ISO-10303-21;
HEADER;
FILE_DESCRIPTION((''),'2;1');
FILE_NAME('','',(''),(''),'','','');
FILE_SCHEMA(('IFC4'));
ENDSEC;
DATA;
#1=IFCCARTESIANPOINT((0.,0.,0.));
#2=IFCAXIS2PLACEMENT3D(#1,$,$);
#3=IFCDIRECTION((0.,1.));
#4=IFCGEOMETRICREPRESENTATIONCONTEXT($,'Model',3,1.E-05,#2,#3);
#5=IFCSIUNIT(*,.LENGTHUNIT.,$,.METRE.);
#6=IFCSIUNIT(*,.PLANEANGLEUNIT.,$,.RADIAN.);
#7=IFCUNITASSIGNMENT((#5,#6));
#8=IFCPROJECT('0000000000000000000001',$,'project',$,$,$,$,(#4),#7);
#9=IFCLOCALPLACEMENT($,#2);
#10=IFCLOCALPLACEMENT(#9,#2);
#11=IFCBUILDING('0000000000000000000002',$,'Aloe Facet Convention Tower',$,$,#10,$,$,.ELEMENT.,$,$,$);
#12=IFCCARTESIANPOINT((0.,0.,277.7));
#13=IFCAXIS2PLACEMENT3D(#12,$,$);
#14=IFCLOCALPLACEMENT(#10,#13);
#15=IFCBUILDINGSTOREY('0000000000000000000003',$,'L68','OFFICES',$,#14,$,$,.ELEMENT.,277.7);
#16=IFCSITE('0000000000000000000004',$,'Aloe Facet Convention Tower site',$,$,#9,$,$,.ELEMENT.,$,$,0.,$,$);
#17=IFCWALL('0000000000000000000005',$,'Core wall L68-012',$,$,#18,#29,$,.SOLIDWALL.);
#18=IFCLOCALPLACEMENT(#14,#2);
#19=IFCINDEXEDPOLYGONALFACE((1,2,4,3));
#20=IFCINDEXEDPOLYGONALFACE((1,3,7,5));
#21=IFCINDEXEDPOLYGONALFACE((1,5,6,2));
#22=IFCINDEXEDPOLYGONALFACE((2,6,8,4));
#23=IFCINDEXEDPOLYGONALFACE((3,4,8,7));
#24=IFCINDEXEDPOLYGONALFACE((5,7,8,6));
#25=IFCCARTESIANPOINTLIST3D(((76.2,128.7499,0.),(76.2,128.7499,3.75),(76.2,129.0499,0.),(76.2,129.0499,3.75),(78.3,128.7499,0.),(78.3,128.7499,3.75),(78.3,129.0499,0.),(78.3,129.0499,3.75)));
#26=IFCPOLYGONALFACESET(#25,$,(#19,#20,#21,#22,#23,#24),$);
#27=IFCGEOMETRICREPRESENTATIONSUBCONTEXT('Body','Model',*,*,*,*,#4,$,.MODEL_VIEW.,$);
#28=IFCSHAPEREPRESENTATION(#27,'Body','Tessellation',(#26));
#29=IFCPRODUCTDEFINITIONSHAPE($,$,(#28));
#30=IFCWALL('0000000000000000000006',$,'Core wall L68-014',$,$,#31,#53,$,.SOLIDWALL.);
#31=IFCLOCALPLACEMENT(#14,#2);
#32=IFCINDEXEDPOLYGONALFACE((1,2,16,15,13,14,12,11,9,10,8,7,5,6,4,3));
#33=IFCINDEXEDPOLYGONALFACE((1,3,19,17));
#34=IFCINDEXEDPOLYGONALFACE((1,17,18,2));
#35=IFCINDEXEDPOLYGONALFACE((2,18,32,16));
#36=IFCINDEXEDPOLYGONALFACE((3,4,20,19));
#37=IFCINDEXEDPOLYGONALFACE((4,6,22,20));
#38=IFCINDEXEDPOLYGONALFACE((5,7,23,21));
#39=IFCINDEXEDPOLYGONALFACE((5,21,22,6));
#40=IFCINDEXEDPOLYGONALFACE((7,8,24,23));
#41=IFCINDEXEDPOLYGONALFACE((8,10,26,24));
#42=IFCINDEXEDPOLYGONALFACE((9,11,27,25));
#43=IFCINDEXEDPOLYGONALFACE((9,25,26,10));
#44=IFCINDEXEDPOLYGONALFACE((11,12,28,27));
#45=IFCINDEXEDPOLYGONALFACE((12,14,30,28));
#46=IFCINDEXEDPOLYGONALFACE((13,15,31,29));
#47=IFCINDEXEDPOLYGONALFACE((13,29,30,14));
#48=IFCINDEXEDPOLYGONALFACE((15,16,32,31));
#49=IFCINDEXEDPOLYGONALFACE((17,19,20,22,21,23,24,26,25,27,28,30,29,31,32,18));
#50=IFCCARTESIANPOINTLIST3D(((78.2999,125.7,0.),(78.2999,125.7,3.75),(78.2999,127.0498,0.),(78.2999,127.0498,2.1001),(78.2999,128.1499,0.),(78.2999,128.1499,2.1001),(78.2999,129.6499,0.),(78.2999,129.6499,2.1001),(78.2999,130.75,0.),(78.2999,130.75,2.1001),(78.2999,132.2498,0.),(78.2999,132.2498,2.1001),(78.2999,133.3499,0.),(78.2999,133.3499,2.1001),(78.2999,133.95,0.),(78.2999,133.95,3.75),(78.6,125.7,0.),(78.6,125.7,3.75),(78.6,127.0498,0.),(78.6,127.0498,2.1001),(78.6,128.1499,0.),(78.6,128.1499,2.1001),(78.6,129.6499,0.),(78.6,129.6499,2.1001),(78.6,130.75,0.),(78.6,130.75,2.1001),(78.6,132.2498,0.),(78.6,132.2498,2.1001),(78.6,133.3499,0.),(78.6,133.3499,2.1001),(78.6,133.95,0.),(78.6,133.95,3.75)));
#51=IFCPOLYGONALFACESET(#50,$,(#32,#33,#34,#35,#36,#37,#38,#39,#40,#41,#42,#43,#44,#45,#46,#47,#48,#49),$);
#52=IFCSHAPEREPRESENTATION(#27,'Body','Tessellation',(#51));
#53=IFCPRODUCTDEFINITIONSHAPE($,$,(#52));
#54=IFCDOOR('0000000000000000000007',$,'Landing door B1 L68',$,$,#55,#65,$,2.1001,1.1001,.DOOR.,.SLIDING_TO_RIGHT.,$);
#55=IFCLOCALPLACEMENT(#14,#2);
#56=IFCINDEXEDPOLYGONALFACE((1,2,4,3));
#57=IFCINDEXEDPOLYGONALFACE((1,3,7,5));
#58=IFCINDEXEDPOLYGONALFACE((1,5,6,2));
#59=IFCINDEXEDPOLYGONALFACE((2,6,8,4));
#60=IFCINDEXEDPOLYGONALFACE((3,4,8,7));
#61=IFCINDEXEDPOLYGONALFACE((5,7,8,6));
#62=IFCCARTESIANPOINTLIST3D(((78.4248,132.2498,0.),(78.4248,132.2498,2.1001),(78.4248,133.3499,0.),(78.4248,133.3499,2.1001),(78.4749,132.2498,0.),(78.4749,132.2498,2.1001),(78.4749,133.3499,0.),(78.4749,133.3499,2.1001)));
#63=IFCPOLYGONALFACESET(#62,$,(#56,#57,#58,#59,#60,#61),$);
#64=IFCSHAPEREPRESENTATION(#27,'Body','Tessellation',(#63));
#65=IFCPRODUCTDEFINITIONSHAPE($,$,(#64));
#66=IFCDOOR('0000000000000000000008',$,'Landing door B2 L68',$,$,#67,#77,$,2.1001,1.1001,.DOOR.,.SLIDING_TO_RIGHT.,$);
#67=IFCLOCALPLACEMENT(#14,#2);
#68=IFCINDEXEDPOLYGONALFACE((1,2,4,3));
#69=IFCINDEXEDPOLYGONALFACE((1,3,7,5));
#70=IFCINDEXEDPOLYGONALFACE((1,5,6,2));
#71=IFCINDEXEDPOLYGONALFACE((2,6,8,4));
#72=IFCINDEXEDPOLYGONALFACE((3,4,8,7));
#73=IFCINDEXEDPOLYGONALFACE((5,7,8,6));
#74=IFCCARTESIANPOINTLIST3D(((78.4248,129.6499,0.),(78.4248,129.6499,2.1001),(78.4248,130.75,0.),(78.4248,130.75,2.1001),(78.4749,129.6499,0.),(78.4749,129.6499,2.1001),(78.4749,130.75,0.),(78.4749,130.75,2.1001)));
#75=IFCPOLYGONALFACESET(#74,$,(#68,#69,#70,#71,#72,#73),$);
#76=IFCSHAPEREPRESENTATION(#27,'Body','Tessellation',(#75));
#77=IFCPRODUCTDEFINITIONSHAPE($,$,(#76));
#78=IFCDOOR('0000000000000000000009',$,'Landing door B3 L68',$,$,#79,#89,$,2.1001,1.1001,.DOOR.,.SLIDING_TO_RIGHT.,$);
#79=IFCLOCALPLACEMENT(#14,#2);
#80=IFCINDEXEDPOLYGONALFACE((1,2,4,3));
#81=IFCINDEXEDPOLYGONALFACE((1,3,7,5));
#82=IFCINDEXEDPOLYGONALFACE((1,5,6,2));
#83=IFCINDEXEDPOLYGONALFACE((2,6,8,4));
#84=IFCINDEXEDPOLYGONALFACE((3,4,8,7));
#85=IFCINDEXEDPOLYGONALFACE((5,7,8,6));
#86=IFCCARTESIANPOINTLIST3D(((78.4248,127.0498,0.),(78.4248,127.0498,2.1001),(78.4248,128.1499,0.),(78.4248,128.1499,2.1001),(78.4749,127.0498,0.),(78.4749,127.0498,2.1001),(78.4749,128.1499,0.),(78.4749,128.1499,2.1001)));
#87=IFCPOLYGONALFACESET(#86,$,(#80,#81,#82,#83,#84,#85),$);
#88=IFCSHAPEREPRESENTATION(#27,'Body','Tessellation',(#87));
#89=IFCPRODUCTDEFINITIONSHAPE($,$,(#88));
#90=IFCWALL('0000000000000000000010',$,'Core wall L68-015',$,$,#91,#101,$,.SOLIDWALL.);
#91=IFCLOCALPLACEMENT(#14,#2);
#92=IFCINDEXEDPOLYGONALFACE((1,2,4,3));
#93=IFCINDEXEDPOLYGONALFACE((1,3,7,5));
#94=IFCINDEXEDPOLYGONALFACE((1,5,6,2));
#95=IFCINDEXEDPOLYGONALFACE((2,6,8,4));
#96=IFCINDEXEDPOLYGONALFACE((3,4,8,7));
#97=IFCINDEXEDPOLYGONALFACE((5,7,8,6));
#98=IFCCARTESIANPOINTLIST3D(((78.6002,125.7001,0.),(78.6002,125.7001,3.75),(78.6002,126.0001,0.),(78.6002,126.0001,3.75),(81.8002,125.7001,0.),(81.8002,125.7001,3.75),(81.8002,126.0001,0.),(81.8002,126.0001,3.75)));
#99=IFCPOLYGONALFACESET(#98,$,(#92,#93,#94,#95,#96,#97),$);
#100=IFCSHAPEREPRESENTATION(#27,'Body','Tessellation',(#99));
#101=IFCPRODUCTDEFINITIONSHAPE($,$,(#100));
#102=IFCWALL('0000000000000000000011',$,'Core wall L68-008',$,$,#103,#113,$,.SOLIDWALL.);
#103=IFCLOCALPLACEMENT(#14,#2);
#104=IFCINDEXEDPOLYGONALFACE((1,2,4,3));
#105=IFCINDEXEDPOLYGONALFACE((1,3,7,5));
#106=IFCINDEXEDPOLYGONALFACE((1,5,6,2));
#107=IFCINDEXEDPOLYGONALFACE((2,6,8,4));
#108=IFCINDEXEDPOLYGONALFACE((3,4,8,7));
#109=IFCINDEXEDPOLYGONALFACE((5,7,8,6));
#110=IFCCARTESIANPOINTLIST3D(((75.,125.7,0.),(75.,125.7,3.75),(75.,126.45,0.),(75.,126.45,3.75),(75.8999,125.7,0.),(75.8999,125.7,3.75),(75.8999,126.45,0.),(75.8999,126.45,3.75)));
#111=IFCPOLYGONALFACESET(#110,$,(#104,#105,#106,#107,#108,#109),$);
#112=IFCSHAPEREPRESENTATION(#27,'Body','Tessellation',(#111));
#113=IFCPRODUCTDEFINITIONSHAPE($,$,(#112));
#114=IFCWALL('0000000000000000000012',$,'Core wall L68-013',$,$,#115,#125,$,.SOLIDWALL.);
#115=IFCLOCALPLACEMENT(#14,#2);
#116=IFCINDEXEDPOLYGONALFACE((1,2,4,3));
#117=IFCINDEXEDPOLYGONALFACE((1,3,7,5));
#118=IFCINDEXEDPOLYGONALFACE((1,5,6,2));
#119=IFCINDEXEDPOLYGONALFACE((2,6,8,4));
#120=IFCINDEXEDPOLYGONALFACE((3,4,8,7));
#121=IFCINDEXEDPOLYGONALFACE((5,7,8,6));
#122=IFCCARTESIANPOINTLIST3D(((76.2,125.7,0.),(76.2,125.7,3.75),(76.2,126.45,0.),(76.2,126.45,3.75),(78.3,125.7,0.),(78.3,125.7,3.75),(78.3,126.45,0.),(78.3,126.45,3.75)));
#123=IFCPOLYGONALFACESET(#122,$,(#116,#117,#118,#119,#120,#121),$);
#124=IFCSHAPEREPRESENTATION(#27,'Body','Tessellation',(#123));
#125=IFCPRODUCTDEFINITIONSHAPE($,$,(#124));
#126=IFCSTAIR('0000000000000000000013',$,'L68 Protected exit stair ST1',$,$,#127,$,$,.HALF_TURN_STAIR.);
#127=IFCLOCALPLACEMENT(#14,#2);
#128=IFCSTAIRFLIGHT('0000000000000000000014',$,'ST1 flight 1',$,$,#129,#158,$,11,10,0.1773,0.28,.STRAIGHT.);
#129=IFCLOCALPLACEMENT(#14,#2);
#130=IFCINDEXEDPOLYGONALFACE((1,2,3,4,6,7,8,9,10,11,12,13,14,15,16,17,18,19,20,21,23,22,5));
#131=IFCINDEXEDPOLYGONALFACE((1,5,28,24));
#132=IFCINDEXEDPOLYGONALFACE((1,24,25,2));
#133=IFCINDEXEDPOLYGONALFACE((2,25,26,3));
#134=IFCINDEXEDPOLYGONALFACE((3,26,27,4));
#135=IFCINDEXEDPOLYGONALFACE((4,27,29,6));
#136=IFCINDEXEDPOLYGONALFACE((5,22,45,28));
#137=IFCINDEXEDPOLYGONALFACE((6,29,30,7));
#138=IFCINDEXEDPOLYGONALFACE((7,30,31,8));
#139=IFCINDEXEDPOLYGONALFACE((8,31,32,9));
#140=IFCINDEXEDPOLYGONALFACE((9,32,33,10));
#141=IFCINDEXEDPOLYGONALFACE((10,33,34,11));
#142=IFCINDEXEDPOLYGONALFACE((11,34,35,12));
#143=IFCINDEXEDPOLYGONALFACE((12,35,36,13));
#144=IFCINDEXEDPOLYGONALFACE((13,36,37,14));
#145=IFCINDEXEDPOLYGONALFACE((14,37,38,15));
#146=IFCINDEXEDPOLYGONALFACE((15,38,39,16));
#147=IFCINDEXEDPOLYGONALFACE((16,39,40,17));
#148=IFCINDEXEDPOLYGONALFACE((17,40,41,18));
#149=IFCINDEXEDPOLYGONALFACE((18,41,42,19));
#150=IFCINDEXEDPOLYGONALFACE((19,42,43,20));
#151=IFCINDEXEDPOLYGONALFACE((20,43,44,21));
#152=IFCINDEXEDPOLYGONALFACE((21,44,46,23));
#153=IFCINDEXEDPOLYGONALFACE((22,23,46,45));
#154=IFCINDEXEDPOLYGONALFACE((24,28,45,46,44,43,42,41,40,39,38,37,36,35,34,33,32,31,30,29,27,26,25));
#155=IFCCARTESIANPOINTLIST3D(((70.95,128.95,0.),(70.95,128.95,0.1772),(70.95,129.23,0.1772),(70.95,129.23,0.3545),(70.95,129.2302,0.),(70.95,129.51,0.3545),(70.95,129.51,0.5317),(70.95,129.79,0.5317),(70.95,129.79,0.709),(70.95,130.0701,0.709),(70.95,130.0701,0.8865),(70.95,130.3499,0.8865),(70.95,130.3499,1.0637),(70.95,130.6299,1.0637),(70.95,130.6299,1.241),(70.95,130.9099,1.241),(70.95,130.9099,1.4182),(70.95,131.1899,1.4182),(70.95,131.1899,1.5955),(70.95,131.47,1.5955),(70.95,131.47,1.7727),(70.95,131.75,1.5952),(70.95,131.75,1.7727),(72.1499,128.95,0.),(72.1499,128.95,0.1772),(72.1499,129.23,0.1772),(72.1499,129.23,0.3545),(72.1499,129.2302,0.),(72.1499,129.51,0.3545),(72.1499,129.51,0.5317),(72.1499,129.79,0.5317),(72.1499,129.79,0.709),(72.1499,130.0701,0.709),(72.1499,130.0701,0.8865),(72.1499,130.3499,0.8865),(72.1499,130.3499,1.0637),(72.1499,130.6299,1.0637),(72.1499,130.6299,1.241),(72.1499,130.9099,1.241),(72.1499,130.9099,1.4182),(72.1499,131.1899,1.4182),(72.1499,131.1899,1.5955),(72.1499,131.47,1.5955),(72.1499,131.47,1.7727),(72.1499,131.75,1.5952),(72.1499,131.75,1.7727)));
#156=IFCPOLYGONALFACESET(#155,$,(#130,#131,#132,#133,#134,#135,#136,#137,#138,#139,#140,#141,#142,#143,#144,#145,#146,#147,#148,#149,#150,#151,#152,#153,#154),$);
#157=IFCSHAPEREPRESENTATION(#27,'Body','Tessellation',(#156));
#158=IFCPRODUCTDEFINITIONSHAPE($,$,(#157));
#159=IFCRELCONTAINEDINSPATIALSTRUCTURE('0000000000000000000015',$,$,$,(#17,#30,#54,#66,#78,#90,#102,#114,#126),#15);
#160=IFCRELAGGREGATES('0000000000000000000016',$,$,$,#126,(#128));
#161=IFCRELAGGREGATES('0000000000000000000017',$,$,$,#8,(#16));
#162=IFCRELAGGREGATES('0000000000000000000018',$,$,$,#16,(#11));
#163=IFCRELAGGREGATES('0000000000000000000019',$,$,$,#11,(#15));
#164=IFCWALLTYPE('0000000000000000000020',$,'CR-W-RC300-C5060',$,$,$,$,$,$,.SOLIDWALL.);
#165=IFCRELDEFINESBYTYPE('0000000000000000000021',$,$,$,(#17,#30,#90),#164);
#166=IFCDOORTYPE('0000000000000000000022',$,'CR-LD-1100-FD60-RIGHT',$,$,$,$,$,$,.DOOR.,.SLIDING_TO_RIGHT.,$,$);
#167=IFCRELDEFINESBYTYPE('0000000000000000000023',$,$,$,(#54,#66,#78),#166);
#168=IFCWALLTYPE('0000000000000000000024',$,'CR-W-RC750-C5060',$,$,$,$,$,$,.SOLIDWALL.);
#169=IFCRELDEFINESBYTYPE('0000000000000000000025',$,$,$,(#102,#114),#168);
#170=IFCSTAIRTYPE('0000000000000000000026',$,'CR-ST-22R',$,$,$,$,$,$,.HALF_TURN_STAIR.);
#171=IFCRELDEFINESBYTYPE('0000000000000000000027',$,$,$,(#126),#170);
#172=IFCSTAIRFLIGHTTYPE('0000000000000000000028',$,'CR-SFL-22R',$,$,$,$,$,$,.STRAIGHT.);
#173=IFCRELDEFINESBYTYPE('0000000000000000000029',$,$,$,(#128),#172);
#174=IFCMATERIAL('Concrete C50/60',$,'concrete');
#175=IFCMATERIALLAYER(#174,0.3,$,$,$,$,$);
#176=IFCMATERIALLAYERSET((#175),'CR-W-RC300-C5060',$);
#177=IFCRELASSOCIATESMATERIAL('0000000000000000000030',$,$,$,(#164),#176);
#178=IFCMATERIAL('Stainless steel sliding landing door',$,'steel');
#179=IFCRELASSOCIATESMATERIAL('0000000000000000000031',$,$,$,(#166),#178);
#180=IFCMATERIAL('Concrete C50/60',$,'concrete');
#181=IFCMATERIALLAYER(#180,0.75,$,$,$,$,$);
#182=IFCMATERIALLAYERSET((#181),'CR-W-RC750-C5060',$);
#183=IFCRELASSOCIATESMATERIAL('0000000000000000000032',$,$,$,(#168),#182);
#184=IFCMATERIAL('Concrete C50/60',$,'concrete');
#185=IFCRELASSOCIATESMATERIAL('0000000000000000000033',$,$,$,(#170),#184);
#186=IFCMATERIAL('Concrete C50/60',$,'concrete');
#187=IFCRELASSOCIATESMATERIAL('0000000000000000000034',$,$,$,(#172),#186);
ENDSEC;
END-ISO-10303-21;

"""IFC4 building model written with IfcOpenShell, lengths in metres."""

from ifc_helpers import new_model, si_unit, direction, frame, frame_2d, origin, place, context, subcontext, project, spatial, polyline, rectangle, outline, extrude, material, layer, layer_set, type_object, element, fill, aggregate, save


model = new_model("IFC4")

# Units and contexts
model_context = context("Model", 3, precision=1e-05, world=origin(), true_north=direction((0.0, 1.0)))
body_context = subcontext(model_context, "Body", "Model", "MODEL_VIEW")
ifc_project = project(units=[si_unit("LENGTHUNIT", "METRE"), si_unit("PLANEANGLEUNIT", "RADIAN")], contexts=[model_context])

# Site, building, storey
site_placement = place(None, origin())
site = spatial("IfcSite", under=ifc_project, at=site_placement, Name="Aloe Facet Convention Tower site", CompositionType="ELEMENT", RefElevation=0.0)
building_placement = place(site_placement, origin())
building = spatial("IfcBuilding", under=site, at=building_placement, Name="Aloe Facet Convention Tower", CompositionType="ELEMENT")
storey_placement = place(building_placement, frame((0.0, 0.0, 277.7)))
storey = spatial("IfcBuildingStorey", under=building, at=storey_placement, Name="L68", Description="OFFICES", CompositionType="ELEMENT", Elevation=277.7)

# Shared definitions
ifc_material_1 = material(Name="Concrete C50/60", Category="concrete")
ifc_layer_1 = layer(ifc_material_1, 0.3)
ifc_layer_set_1 = layer_set([ifc_layer_1], Name="CR-W-RC300-C5060")
wall_type_1 = type_object("IfcWallType", Name="CR-W-RC300-C5060", PredefinedType="SOLIDWALL", material=ifc_layer_set_1)

# Wall
for number, where, z_axis, x_axis, name in (
    (1, (76.2, 128.8999, 0.0), (0.0, 0.0, 1.0), (1.0, 0.0, 0.0), "Core wall L68-012"),
):
    element("IfcWall", number, at=place(storey_placement, frame(where, z_axis=z_axis, x_axis=x_axis)), inside=storey, type_object=wall_type_1, Name=name, PredefinedType="SOLIDWALL", context=body_context, shape_type="SweptSolid", body=[
        extrude(rectangle(XDim=2.1001, YDim=0.3, at=frame_2d((1.05, 0.0))), origin(), (0.0, 0.0, 1.0), 3.75),
    ])

# Wall, openings, doors
wall_1_placement = place(storey_placement, frame((78.45, 133.95, 0.0), z_axis=(0.0, 0.0, 1.0), x_axis=(0.0, -1.0, 0.0)))
wall_1 = element("IfcWall", 2, at=wall_1_placement, inside=storey, type_object=wall_type_1, Name="Core wall L68-014", PredefinedType="SOLIDWALL", context=body_context, shape_type="SweptSolid", body=[
    extrude(rectangle(XDim=8.25, YDim=0.3, at=frame_2d((4.125, 0.0))), origin(), (0.0, 0.0, 1.0), 3.75),
])
opening_1_placement = place(wall_1_placement, frame((0.6001, 0.0, 0.0)))
opening_1 = element("IfcOpeningElement", 3, at=opening_1_placement, cuts=wall_1, PredefinedType="OPENING", context=body_context, shape_type="SweptSolid", body=[
    extrude(rectangle(XDim=1.1001, YDim=2.1001, at=frame_2d((0.55, 1.05))), frame((0.0, 0.1602, 0.0), z_axis=(0.0, -1.0, 0.0), x_axis=(1.0, 0.0, 0.0)), (0.0, 0.0, 1.0), 0.3201),
])
opening_2_placement = place(wall_1_placement, frame((3.2, 0.0, 0.0)))
opening_2 = element("IfcOpeningElement", 4, at=opening_2_placement, cuts=wall_1, PredefinedType="OPENING", context=body_context, shape_type="SweptSolid", body=[
    extrude(rectangle(XDim=1.1001, YDim=2.1001, at=frame_2d((0.55, 1.05))), frame((0.0, 0.1602, 0.0), z_axis=(0.0, -1.0, 0.0), x_axis=(1.0, 0.0, 0.0)), (0.0, 0.0, 1.0), 0.3201),
])
opening_3_placement = place(wall_1_placement, frame((5.8, 0.0, 0.0)))
opening_3 = element("IfcOpeningElement", 5, at=opening_3_placement, cuts=wall_1, PredefinedType="OPENING", context=body_context, shape_type="SweptSolid", body=[
    extrude(rectangle(XDim=1.1001, YDim=2.1001, at=frame_2d((0.55, 1.05))), frame((0.0, 0.1602, 0.0), z_axis=(0.0, -1.0, 0.0), x_axis=(1.0, 0.0, 0.0)), (0.0, 0.0, 1.0), 0.3201),
])
ifc_material_2 = material(Name="Stainless steel sliding landing door", Category="steel")
door_type_1 = type_object("IfcDoorType", Name="CR-LD-1100-FD60-RIGHT", OperationType="SLIDING_TO_RIGHT", PredefinedType="DOOR", material=ifc_material_2)
door_1_placement = place(opening_1_placement, origin())
door_1 = element("IfcDoor", 6, at=door_1_placement, inside=storey, type_object=door_type_1, Name="Landing door B1 L68", OperationType="SLIDING_TO_RIGHT", OverallHeight=2.1001, OverallWidth=1.1001, PredefinedType="DOOR", context=body_context, shape_type="SweptSolid", body=[
    extrude(rectangle(XDim=1.1001, YDim=2.1001, at=frame_2d((0.55, 1.05))), frame((0.0, 0.0249, 0.0), z_axis=(0.0, -1.0, 0.0), x_axis=(1.0, 0.0, 0.0)), (0.0, 0.0, 1.0), 0.05),
])
fill(opening_1, door_1)
door_2_placement = place(opening_2_placement, origin())
door_2 = element("IfcDoor", 7, at=door_2_placement, inside=storey, type_object=door_type_1, Name="Landing door B2 L68", OperationType="SLIDING_TO_RIGHT", OverallHeight=2.1001, OverallWidth=1.1001, PredefinedType="DOOR", context=body_context, shape_type="SweptSolid", body=[
    extrude(rectangle(XDim=1.1001, YDim=2.1001, at=frame_2d((0.55, 1.05))), frame((0.0, 0.0249, 0.0), z_axis=(0.0, -1.0, 0.0), x_axis=(1.0, 0.0, 0.0)), (0.0, 0.0, 1.0), 0.05),
])
fill(opening_2, door_2)
door_3_placement = place(opening_3_placement, origin())
door_3 = element("IfcDoor", 8, at=door_3_placement, inside=storey, type_object=door_type_1, Name="Landing door B3 L68", OperationType="SLIDING_TO_RIGHT", OverallHeight=2.1001, OverallWidth=1.1001, PredefinedType="DOOR", context=body_context, shape_type="SweptSolid", body=[
    extrude(rectangle(XDim=1.1001, YDim=2.1001, at=frame_2d((0.55, 1.05))), frame((0.0, 0.0249, 0.0), z_axis=(0.0, -1.0, 0.0), x_axis=(1.0, 0.0, 0.0)), (0.0, 0.0, 1.0), 0.05),
])
fill(opening_3, door_3)

# Walls
wall_2_placement = place(storey_placement, frame((78.6001, 125.8501, 0.0), z_axis=(0.0, 0.0, 1.0), x_axis=(1.0, 0.0, 0.0)))
element("IfcWall", 9, at=wall_2_placement, inside=storey, type_object=wall_type_1, Name="Core wall L68-015", PredefinedType="SOLIDWALL", context=body_context, shape_type="SweptSolid", body=[
    extrude(rectangle(XDim=3.2, YDim=0.3, at=frame_2d((1.6001, 0.0))), origin(), (0.0, 0.0, 1.0), 3.75),
])
ifc_material_3 = material(Name="Concrete C50/60", Category="concrete")
ifc_layer_2 = layer(ifc_material_3, 0.75)
ifc_layer_set_2 = layer_set([ifc_layer_2], Name="CR-W-RC750-C5060")
wall_type_2 = type_object("IfcWallType", Name="CR-W-RC750-C5060", PredefinedType="SOLIDWALL", material=ifc_layer_set_2)
wall_3_placement = place(storey_placement, frame((75.0, 126.075, 0.0), z_axis=(0.0, 0.0, 1.0), x_axis=(1.0, 0.0, 0.0)))
element("IfcWall", 10, at=wall_3_placement, inside=storey, type_object=wall_type_2, Name="Core wall L68-008", PredefinedType="SOLIDWALL", context=body_context, shape_type="SweptSolid", body=[
    extrude(rectangle(XDim=0.8999, YDim=0.75, at=frame_2d((0.45, 0.0))), origin(), (0.0, 0.0, 1.0), 3.75),
])
wall_4_placement = place(storey_placement, frame((76.2, 126.075, 0.0), z_axis=(0.0, 0.0, 1.0), x_axis=(1.0, 0.0, 0.0)))
element("IfcWall", 11, at=wall_4_placement, inside=storey, type_object=wall_type_2, Name="Core wall L68-013", PredefinedType="SOLIDWALL", context=body_context, shape_type="SweptSolid", body=[
    extrude(rectangle(XDim=2.1001, YDim=0.75, at=frame_2d((1.05, 0.0))), origin(), (0.0, 0.0, 1.0), 3.75),
])

# Stair, stair flight
ifc_material_4 = material(Name="Concrete C50/60", Category="concrete")
stair_type = type_object("IfcStairType", Name="CR-ST-22R", PredefinedType="HALF_TURN_STAIR", material=ifc_material_4)
stair_1_placement = place(storey_placement, origin())
stair_1 = element("IfcStair", 12, at=stair_1_placement, inside=storey, type_object=stair_type, Name="L68 Protected exit stair ST1", PredefinedType="HALF_TURN_STAIR")
ifc_material_5 = material(Name="Concrete C50/60", Category="concrete")
stair_flight_type = type_object("IfcStairFlightType", Name="CR-SFL-22R", PredefinedType="STRAIGHT", material=ifc_material_5)
stair_flight_1_placement = place(storey_placement, frame((71.55, 128.95, 0.0), z_axis=(0.0, 0.0, 1.0), x_axis=(0.0, 1.0, 0.0)))
stair_flight_1 = element("IfcStairFlight", 13, at=stair_flight_1_placement, type_object=stair_flight_type, Name="ST1 flight 1", NumberOfRisers=11, NumberOfTreads=10, PredefinedType="STRAIGHT", RiserHeight=0.1773, TreadLength=0.28, context=body_context, shape_type="SweptSolid", body=[
    extrude(outline(polyline([(0.0, 0.0), (0.0, 0.1772), (0.28, 0.1772), (0.28, 0.3545), (0.5601, 0.3545), (0.5601, 0.5317), (0.8401, 0.5317), (0.8401, 0.709), (1.1201, 0.709), (1.1201, 0.8865), (1.3999, 0.8865), (1.3999, 1.0637), (1.6799, 1.0637), (1.6799, 1.241), (1.96, 1.241), (1.96, 1.4182), (2.24, 1.4182), (2.24, 1.5955), (2.52, 1.5955), (2.52, 1.7727), (2.8, 1.7727), (2.8, 1.95), (2.8, 1.5952), (0.2803, 0.0), (0.0, 0.0)])), frame((0.0, 0.6001, 0.0), z_axis=(0.0, -1.0, 0.0), x_axis=(1.0, 0.0, 0.0)), (0.0, 0.0, 1.0), 1.2),
])
aggregate(stair_1, [stair_flight_1])

save(model, "model.ifc")
